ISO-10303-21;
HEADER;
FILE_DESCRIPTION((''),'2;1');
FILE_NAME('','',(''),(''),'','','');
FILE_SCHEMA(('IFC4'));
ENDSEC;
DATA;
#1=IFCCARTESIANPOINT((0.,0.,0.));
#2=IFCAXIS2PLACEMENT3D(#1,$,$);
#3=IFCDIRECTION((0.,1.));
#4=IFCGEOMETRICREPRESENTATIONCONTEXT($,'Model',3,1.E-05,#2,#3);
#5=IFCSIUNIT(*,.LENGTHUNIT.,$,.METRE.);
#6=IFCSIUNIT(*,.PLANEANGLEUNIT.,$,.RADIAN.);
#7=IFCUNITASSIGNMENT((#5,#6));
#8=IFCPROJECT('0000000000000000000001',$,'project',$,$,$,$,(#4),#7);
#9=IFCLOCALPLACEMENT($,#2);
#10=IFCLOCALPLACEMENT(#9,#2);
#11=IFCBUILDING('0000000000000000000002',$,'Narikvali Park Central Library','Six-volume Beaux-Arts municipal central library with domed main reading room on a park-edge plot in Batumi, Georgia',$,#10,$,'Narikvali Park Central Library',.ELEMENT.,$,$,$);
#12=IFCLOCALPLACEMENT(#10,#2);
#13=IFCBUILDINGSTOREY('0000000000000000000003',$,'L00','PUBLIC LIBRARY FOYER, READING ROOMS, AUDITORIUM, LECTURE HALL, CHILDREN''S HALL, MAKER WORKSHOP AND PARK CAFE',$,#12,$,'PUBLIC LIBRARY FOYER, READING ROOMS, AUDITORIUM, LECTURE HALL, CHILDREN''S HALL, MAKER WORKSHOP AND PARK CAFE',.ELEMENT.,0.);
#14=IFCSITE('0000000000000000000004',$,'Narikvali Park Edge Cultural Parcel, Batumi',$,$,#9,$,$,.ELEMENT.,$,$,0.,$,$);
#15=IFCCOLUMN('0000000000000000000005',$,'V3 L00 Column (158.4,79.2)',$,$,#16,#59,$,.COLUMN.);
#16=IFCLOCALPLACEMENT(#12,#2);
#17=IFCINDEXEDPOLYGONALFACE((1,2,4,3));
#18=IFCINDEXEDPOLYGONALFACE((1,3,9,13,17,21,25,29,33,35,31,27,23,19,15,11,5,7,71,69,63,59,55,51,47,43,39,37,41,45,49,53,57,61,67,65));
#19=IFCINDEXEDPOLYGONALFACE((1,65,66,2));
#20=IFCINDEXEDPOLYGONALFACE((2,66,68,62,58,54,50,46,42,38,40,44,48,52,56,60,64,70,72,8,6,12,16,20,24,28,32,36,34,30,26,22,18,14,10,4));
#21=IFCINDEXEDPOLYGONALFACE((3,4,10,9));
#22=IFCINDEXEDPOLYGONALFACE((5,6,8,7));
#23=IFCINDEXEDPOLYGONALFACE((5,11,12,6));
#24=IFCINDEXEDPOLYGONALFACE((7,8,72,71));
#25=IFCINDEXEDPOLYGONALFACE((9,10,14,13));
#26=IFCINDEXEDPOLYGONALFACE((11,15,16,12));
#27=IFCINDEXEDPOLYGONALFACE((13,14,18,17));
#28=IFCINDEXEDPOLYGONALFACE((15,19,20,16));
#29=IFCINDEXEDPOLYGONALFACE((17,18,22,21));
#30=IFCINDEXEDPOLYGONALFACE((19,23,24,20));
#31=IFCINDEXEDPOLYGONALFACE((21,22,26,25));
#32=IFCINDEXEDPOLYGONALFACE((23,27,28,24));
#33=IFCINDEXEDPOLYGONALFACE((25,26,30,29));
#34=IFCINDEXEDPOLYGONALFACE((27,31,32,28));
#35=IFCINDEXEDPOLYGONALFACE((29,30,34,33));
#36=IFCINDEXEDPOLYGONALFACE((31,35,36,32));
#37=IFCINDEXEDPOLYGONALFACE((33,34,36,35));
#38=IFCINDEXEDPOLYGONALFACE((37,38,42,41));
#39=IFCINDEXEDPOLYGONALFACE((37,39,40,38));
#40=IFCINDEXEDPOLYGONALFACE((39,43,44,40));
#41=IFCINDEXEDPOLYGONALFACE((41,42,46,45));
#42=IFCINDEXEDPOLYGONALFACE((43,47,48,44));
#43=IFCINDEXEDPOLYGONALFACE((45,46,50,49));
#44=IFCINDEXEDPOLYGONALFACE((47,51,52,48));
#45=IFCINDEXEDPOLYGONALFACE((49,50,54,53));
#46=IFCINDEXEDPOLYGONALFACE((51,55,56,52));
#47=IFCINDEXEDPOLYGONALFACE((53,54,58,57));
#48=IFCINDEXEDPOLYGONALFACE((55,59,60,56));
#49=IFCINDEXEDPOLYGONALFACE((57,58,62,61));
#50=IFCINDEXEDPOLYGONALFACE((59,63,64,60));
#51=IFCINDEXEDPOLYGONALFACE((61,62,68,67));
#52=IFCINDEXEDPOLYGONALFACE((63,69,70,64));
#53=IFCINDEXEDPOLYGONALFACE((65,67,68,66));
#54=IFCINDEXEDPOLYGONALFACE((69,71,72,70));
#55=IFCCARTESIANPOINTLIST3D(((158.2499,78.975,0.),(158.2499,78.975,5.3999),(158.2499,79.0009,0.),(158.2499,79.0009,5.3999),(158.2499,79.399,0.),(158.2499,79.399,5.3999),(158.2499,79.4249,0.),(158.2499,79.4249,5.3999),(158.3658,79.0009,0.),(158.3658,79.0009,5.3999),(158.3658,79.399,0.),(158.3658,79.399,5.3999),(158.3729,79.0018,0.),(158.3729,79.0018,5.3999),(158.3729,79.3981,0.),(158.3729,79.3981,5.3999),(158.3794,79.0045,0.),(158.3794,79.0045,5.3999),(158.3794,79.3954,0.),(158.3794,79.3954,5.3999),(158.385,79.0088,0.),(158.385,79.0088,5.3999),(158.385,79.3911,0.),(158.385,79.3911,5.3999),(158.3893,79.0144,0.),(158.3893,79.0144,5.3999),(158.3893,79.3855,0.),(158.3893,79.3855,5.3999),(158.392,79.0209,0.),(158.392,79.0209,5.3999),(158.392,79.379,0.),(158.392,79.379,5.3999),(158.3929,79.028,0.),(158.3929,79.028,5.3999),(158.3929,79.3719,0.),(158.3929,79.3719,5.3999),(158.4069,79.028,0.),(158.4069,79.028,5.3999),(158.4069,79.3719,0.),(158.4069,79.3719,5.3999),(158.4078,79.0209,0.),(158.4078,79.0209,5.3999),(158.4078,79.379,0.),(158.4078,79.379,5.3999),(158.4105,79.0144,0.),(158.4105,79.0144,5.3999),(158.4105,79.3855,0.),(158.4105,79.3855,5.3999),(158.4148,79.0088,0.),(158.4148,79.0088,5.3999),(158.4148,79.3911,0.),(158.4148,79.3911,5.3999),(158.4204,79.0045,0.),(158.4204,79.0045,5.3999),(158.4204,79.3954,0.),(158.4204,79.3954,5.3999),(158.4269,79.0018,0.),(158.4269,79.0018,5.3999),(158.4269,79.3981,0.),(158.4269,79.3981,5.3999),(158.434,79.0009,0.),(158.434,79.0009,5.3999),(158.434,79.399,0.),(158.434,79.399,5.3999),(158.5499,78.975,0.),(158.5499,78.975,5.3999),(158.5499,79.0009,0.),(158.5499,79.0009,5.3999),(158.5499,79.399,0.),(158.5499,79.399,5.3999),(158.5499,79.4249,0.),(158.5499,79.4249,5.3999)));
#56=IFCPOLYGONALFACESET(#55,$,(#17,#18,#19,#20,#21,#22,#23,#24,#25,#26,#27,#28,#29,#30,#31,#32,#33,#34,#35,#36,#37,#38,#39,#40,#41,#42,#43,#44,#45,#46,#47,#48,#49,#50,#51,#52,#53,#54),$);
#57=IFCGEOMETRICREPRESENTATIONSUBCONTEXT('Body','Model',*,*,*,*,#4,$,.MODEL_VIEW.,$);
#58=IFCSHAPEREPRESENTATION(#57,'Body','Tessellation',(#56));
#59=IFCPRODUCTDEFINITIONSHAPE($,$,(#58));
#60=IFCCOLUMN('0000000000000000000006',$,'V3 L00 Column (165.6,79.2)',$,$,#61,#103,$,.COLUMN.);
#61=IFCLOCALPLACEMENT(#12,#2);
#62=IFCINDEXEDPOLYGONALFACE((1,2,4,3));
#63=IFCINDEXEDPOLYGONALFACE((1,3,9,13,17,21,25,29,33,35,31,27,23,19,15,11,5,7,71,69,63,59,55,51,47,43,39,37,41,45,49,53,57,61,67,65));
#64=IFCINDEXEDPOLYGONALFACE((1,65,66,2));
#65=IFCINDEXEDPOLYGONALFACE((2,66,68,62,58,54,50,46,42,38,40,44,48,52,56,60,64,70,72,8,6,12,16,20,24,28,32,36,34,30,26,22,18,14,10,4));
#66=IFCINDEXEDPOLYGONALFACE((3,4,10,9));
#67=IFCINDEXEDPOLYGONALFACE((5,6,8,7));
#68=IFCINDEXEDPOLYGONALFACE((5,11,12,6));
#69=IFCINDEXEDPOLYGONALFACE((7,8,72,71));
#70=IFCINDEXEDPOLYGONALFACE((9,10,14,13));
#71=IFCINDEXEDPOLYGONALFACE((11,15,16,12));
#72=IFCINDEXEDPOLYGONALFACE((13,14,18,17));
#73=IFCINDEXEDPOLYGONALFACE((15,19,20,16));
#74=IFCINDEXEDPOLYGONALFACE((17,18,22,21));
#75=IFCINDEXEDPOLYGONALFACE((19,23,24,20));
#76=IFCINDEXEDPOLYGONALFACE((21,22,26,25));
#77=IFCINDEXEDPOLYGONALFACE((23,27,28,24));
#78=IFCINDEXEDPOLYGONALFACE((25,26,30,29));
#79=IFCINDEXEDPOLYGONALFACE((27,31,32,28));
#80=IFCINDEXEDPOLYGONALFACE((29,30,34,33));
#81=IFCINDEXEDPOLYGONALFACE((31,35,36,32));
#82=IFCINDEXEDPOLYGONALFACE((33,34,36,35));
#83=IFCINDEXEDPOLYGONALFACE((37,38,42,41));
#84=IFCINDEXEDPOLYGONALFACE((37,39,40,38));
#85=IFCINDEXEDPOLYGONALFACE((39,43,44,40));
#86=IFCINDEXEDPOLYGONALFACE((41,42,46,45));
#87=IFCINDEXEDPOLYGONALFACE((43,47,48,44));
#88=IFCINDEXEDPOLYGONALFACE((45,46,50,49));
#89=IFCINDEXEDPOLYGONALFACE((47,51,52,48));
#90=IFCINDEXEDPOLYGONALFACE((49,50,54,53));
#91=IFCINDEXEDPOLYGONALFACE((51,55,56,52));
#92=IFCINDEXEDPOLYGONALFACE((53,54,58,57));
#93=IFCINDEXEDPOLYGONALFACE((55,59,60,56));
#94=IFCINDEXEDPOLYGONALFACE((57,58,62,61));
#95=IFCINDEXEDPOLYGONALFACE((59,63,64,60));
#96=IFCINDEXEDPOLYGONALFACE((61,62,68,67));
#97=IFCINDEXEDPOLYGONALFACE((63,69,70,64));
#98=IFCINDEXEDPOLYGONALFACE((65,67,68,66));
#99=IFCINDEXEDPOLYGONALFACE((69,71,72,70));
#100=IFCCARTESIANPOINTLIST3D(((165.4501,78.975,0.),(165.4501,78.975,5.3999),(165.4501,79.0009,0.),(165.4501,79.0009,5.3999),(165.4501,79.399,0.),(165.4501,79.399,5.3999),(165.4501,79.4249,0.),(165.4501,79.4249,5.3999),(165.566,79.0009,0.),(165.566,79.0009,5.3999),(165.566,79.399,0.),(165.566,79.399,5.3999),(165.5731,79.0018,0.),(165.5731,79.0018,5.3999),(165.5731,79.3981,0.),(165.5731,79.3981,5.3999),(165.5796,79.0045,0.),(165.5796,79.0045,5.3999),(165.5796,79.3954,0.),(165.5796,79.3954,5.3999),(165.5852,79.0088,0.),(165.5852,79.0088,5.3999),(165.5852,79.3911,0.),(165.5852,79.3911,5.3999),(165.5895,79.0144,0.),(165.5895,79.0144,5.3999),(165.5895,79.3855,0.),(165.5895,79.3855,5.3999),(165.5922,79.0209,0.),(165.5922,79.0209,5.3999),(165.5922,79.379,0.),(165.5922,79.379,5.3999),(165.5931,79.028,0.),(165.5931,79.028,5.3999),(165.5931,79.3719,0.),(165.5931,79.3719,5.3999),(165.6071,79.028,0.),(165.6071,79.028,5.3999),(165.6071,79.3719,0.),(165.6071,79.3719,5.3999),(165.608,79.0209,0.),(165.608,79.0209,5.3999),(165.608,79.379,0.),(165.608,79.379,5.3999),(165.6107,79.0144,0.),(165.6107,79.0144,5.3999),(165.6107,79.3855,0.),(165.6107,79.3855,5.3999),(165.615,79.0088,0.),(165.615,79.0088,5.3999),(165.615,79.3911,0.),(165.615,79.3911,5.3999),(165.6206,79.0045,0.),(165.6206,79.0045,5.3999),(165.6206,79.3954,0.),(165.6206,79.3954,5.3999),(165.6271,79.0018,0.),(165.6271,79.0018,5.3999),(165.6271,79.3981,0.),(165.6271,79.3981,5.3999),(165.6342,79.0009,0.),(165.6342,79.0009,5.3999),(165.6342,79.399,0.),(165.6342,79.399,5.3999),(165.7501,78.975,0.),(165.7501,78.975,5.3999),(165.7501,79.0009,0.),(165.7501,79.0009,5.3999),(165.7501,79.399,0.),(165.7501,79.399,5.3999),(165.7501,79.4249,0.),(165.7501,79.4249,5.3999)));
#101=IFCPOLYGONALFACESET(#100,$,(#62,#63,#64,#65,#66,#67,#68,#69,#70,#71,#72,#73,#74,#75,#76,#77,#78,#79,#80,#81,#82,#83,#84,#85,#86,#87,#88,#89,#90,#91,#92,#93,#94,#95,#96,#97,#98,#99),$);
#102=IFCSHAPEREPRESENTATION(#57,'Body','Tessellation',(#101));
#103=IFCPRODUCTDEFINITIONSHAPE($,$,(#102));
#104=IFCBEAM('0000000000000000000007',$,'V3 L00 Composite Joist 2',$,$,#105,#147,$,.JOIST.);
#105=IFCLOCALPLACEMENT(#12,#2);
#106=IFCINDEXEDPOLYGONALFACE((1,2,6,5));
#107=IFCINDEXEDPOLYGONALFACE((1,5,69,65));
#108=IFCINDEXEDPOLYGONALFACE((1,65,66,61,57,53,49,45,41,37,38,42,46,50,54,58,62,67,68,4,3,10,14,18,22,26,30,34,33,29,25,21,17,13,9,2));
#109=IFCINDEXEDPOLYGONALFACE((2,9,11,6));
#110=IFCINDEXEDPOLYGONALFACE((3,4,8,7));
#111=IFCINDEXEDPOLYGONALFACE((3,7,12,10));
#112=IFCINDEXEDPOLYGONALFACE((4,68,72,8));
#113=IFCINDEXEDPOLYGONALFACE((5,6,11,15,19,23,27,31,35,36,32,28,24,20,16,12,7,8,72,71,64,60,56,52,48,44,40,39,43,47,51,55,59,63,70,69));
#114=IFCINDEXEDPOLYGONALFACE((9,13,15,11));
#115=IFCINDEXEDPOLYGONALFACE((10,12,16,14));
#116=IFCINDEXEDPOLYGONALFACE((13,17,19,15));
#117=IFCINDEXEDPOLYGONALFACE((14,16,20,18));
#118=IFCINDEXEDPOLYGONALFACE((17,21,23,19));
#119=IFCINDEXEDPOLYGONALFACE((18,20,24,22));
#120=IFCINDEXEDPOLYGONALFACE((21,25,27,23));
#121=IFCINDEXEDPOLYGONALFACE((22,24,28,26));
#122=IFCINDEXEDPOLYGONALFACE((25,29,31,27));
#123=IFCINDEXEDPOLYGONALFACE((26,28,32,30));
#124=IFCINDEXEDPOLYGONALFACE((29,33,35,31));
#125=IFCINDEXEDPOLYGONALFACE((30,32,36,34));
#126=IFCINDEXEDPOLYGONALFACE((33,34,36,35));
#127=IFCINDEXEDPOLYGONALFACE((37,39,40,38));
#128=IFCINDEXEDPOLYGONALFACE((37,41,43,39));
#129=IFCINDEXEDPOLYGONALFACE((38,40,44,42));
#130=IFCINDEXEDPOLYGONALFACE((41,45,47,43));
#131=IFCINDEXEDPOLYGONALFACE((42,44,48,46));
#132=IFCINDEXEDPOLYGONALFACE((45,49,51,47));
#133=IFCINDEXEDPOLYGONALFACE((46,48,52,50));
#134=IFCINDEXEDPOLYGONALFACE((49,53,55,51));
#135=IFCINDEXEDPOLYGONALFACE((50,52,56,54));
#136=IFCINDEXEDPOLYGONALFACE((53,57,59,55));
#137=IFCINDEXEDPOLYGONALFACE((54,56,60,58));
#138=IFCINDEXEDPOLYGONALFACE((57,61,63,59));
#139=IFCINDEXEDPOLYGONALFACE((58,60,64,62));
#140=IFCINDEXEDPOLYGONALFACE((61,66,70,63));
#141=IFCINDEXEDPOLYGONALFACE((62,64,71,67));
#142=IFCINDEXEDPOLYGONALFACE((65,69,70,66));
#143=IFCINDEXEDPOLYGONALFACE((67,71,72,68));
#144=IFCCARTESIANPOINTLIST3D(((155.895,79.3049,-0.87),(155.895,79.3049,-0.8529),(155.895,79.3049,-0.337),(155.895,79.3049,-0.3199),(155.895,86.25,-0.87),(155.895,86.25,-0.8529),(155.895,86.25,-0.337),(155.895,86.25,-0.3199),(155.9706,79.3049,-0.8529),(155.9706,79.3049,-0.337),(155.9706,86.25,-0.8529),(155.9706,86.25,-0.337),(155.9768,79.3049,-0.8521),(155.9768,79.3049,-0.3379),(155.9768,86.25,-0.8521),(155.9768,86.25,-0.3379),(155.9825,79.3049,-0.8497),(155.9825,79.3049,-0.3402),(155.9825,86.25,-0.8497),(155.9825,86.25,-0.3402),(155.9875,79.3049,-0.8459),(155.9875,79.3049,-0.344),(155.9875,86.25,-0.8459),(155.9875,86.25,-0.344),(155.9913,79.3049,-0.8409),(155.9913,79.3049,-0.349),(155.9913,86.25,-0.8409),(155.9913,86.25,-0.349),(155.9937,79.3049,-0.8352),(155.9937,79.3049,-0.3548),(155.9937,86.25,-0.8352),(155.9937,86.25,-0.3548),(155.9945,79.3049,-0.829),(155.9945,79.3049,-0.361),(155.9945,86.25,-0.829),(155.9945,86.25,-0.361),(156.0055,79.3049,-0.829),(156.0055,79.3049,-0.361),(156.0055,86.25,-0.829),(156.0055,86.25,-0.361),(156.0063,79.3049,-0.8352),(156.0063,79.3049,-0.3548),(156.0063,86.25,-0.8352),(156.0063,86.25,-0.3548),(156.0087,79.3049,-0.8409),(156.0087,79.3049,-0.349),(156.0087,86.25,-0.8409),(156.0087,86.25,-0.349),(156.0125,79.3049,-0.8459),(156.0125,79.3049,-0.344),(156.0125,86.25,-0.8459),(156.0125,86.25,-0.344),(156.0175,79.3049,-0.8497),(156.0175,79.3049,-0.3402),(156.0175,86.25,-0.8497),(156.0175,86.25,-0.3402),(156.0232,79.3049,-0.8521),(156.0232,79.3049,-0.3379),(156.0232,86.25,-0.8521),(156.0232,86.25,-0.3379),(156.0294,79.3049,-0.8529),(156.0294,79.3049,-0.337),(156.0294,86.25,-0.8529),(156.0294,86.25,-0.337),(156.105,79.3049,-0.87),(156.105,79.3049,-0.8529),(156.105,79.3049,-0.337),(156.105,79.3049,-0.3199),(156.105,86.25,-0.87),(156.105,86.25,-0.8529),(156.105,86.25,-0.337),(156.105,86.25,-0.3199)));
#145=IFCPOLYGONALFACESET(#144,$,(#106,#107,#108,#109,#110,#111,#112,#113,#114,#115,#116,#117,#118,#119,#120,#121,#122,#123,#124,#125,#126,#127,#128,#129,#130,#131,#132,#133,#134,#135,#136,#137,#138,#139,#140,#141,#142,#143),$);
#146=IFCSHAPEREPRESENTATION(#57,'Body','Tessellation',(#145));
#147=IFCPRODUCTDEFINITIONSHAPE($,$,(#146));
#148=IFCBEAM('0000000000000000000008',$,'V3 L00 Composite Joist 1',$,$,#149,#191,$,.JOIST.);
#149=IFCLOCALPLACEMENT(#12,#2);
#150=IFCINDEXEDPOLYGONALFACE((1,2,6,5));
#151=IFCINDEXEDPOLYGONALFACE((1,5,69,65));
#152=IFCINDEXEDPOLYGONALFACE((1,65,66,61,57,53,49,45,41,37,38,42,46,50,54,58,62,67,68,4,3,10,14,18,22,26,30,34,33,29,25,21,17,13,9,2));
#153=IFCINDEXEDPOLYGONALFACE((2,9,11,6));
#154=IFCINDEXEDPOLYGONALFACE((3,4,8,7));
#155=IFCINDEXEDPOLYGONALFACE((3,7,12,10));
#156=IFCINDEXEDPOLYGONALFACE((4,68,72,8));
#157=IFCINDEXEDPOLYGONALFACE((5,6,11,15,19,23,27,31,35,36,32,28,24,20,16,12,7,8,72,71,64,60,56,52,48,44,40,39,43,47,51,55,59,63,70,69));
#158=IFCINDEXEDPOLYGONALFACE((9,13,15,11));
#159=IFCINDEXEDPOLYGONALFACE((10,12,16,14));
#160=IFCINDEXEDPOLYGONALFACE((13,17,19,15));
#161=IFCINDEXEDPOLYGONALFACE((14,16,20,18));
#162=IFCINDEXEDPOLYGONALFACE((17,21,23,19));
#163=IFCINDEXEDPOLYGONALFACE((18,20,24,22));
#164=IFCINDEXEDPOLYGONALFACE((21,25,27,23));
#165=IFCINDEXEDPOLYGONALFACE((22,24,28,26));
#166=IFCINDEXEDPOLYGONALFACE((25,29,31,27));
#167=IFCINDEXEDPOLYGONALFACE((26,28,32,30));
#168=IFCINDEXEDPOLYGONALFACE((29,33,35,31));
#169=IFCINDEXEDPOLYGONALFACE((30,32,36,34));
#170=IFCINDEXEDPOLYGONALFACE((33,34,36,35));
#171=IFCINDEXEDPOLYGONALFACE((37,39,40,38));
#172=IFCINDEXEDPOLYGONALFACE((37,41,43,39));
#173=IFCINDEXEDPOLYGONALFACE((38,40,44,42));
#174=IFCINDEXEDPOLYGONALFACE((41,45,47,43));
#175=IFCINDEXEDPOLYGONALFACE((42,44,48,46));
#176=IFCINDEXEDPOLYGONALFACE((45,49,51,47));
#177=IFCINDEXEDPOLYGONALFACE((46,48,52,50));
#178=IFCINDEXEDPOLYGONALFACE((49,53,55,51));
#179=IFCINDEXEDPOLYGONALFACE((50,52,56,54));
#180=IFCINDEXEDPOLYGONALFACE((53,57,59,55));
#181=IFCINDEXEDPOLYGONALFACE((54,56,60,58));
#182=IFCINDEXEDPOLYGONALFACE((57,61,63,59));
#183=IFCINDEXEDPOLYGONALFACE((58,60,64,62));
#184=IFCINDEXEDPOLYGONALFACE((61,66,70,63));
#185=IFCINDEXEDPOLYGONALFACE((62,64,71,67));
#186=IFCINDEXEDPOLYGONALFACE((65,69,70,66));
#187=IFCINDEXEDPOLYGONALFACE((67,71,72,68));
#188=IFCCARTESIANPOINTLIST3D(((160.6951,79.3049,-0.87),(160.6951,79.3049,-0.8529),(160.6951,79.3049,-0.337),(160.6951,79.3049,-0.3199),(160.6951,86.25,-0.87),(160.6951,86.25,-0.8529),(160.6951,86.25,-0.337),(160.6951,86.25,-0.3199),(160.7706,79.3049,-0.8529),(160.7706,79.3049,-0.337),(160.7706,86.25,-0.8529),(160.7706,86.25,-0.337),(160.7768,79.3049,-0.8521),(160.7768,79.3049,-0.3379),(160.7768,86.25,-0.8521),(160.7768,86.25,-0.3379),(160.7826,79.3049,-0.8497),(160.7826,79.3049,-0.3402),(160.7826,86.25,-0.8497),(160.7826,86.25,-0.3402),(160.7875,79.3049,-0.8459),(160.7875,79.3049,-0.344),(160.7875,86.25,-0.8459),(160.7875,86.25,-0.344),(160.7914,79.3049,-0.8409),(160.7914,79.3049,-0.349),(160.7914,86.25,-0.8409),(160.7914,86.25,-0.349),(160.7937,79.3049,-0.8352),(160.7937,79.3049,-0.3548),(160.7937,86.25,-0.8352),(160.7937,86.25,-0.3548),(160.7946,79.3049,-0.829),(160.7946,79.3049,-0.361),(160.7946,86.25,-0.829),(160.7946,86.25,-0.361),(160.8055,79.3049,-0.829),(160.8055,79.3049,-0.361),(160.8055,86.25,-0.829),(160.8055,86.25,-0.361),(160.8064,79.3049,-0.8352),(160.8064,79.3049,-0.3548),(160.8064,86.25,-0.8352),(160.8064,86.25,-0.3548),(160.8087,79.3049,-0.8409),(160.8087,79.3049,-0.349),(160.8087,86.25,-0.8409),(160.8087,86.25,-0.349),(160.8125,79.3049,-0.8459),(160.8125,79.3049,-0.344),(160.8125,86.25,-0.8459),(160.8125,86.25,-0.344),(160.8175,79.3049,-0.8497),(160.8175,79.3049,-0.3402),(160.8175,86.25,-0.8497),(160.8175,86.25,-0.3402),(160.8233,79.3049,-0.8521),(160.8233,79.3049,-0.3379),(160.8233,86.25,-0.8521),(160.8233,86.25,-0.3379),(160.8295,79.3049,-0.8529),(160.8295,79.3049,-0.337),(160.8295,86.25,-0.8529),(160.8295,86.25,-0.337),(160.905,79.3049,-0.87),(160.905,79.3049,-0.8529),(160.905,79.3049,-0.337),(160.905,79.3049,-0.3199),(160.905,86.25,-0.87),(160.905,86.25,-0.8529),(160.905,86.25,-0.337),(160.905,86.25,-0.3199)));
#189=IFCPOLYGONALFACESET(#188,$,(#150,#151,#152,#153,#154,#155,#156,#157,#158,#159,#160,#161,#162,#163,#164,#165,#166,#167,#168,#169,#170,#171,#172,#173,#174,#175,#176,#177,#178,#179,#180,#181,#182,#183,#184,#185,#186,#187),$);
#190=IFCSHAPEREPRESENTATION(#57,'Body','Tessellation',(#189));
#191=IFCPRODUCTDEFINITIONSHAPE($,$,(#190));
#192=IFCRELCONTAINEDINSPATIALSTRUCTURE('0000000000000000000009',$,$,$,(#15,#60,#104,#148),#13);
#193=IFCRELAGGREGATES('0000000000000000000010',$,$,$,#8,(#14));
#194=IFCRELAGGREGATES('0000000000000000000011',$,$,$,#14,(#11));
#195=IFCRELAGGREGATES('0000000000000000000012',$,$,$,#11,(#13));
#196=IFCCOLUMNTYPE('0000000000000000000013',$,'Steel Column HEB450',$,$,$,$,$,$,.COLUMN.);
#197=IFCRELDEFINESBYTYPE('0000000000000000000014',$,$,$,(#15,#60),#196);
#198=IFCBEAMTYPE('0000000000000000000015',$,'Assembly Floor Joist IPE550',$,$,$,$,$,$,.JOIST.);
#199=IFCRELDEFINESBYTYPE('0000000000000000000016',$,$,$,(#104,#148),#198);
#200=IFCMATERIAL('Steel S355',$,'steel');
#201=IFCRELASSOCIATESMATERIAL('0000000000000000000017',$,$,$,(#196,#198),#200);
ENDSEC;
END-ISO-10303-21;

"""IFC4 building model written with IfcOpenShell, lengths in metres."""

from ifc_helpers import new_model, si_unit, direction, frame, origin, origin_2d, place, context, subcontext, project, spatial, i_section, extrude, material, material_profile, profile_set, type_object, element, save


model = new_model("IFC4")

# Units and contexts
model_context = context("Model", 3, precision=1e-05, world=origin(), true_north=direction((0.0, 1.0)))
body_context = subcontext(model_context, "Body", "Model", "MODEL_VIEW")
ifc_project = project(units=[si_unit("LENGTHUNIT", "METRE"), si_unit("PLANEANGLEUNIT", "RADIAN")], contexts=[model_context])

# Site, building, storey
site_placement = place(None, origin())
site = spatial("IfcSite", under=ifc_project, at=site_placement, Name="Narikvali Park Edge Cultural Parcel, Batumi", CompositionType="ELEMENT", RefElevation=0.0)
building_placement = place(site_placement, origin())
building = spatial("IfcBuilding", under=site, at=building_placement, Name="Narikvali Park Central Library", Description="Six-volume Beaux-Arts municipal central library with domed main reading room on a park-edge plot in Batumi, Georgia", LongName="Narikvali Park Central Library", CompositionType="ELEMENT")
storey_placement = place(building_placement, origin())
storey = spatial("IfcBuildingStorey", under=building, at=storey_placement, Name="L00", Description="PUBLIC LIBRARY FOYER, READING ROOMS, AUDITORIUM, LECTURE HALL, CHILDREN'S HALL, MAKER WORKSHOP AND PARK CAFE", LongName="PUBLIC LIBRARY FOYER, READING ROOMS, AUDITORIUM, LECTURE HALL, CHILDREN'S HALL, MAKER WORKSHOP AND PARK CAFE", CompositionType="ELEMENT", Elevation=0.0)

# Columns
ifc_material_1 = material(Name="Steel S355", Category="steel")
ifc_material_profile_1 = material_profile(ifc_material_1, i_section(OverallWidth=0.3, OverallDepth=0.45, WebThickness=0.0139, FlangeThickness=0.0259, FilletRadius=0.0271, at=origin_2d()), Name="HEB 450")
ifc_profile_set_1 = profile_set([ifc_material_profile_1], Name="Steel S355")
column_type = type_object("IfcColumnType", Name="Steel Column HEB450", PredefinedType="COLUMN", material=ifc_profile_set_1)
for number, where, z_axis, x_axis, name in (
    (1, (158.3999, 79.2, 0.0), (0.0, 0.0, 1.0), (1.0, 0.0, 0.0), "V3 L00 Column (158.4,79.2)"),
    (2, (165.6001, 79.2, 0.0), (0.0, 0.0, 1.0), (1.0, 0.0, 0.0), "V3 L00 Column (165.6,79.2)"),
):
    element("IfcColumn", number, at=place(storey_placement, frame(where, z_axis=z_axis, x_axis=x_axis)), inside=storey, type_object=column_type, Name=name, PredefinedType="COLUMN", context=body_context, shape_type="SweptSolid", body=[
        extrude(i_section(OverallWidth=0.3, OverallDepth=0.45, WebThickness=0.0139, FlangeThickness=0.0259, FilletRadius=0.0271, at=origin_2d()), origin(), (0.0, 0.0, 1.0), 5.3999),
    ])

# Beams
ifc_material_profile_2 = material_profile(ifc_material_1, i_section(OverallWidth=0.21, OverallDepth=0.55, WebThickness=0.011, FlangeThickness=0.0171, FilletRadius=0.0239, at=origin_2d()), Name="IPE 550")
ifc_profile_set_2 = profile_set([ifc_material_profile_2], Name="Steel S355")
beam_type_1 = type_object("IfcBeamType", Name="Assembly Floor Joist IPE550", PredefinedType="JOIST", material=ifc_profile_set_2)
for number, where, z_axis, x_axis, name in (
    (3, (156.0, 79.3049, -0.595), (0.0, 1.0, 0.0), (-1.0, 0.0, 0.0), "V3 L00 Composite Joist 2"),
    (4, (160.8, 79.3049, -0.595), (0.0, 1.0, 0.0), (-1.0, 0.0, 0.0), "V3 L00 Composite Joist 1"),
):
    element("IfcBeam", number, at=place(storey_placement, frame(where, z_axis=z_axis, x_axis=x_axis)), inside=storey, type_object=beam_type_1, Name=name, PredefinedType="JOIST", context=body_context, shape_type="SweptSolid", body=[
        extrude(i_section(OverallWidth=0.21, OverallDepth=0.55, WebThickness=0.011, FlangeThickness=0.0171, FilletRadius=0.0239, at=origin_2d()), origin(), (0.0, 0.0, 1.0), 6.9451),
    ])

save(model, "model.ifc")
